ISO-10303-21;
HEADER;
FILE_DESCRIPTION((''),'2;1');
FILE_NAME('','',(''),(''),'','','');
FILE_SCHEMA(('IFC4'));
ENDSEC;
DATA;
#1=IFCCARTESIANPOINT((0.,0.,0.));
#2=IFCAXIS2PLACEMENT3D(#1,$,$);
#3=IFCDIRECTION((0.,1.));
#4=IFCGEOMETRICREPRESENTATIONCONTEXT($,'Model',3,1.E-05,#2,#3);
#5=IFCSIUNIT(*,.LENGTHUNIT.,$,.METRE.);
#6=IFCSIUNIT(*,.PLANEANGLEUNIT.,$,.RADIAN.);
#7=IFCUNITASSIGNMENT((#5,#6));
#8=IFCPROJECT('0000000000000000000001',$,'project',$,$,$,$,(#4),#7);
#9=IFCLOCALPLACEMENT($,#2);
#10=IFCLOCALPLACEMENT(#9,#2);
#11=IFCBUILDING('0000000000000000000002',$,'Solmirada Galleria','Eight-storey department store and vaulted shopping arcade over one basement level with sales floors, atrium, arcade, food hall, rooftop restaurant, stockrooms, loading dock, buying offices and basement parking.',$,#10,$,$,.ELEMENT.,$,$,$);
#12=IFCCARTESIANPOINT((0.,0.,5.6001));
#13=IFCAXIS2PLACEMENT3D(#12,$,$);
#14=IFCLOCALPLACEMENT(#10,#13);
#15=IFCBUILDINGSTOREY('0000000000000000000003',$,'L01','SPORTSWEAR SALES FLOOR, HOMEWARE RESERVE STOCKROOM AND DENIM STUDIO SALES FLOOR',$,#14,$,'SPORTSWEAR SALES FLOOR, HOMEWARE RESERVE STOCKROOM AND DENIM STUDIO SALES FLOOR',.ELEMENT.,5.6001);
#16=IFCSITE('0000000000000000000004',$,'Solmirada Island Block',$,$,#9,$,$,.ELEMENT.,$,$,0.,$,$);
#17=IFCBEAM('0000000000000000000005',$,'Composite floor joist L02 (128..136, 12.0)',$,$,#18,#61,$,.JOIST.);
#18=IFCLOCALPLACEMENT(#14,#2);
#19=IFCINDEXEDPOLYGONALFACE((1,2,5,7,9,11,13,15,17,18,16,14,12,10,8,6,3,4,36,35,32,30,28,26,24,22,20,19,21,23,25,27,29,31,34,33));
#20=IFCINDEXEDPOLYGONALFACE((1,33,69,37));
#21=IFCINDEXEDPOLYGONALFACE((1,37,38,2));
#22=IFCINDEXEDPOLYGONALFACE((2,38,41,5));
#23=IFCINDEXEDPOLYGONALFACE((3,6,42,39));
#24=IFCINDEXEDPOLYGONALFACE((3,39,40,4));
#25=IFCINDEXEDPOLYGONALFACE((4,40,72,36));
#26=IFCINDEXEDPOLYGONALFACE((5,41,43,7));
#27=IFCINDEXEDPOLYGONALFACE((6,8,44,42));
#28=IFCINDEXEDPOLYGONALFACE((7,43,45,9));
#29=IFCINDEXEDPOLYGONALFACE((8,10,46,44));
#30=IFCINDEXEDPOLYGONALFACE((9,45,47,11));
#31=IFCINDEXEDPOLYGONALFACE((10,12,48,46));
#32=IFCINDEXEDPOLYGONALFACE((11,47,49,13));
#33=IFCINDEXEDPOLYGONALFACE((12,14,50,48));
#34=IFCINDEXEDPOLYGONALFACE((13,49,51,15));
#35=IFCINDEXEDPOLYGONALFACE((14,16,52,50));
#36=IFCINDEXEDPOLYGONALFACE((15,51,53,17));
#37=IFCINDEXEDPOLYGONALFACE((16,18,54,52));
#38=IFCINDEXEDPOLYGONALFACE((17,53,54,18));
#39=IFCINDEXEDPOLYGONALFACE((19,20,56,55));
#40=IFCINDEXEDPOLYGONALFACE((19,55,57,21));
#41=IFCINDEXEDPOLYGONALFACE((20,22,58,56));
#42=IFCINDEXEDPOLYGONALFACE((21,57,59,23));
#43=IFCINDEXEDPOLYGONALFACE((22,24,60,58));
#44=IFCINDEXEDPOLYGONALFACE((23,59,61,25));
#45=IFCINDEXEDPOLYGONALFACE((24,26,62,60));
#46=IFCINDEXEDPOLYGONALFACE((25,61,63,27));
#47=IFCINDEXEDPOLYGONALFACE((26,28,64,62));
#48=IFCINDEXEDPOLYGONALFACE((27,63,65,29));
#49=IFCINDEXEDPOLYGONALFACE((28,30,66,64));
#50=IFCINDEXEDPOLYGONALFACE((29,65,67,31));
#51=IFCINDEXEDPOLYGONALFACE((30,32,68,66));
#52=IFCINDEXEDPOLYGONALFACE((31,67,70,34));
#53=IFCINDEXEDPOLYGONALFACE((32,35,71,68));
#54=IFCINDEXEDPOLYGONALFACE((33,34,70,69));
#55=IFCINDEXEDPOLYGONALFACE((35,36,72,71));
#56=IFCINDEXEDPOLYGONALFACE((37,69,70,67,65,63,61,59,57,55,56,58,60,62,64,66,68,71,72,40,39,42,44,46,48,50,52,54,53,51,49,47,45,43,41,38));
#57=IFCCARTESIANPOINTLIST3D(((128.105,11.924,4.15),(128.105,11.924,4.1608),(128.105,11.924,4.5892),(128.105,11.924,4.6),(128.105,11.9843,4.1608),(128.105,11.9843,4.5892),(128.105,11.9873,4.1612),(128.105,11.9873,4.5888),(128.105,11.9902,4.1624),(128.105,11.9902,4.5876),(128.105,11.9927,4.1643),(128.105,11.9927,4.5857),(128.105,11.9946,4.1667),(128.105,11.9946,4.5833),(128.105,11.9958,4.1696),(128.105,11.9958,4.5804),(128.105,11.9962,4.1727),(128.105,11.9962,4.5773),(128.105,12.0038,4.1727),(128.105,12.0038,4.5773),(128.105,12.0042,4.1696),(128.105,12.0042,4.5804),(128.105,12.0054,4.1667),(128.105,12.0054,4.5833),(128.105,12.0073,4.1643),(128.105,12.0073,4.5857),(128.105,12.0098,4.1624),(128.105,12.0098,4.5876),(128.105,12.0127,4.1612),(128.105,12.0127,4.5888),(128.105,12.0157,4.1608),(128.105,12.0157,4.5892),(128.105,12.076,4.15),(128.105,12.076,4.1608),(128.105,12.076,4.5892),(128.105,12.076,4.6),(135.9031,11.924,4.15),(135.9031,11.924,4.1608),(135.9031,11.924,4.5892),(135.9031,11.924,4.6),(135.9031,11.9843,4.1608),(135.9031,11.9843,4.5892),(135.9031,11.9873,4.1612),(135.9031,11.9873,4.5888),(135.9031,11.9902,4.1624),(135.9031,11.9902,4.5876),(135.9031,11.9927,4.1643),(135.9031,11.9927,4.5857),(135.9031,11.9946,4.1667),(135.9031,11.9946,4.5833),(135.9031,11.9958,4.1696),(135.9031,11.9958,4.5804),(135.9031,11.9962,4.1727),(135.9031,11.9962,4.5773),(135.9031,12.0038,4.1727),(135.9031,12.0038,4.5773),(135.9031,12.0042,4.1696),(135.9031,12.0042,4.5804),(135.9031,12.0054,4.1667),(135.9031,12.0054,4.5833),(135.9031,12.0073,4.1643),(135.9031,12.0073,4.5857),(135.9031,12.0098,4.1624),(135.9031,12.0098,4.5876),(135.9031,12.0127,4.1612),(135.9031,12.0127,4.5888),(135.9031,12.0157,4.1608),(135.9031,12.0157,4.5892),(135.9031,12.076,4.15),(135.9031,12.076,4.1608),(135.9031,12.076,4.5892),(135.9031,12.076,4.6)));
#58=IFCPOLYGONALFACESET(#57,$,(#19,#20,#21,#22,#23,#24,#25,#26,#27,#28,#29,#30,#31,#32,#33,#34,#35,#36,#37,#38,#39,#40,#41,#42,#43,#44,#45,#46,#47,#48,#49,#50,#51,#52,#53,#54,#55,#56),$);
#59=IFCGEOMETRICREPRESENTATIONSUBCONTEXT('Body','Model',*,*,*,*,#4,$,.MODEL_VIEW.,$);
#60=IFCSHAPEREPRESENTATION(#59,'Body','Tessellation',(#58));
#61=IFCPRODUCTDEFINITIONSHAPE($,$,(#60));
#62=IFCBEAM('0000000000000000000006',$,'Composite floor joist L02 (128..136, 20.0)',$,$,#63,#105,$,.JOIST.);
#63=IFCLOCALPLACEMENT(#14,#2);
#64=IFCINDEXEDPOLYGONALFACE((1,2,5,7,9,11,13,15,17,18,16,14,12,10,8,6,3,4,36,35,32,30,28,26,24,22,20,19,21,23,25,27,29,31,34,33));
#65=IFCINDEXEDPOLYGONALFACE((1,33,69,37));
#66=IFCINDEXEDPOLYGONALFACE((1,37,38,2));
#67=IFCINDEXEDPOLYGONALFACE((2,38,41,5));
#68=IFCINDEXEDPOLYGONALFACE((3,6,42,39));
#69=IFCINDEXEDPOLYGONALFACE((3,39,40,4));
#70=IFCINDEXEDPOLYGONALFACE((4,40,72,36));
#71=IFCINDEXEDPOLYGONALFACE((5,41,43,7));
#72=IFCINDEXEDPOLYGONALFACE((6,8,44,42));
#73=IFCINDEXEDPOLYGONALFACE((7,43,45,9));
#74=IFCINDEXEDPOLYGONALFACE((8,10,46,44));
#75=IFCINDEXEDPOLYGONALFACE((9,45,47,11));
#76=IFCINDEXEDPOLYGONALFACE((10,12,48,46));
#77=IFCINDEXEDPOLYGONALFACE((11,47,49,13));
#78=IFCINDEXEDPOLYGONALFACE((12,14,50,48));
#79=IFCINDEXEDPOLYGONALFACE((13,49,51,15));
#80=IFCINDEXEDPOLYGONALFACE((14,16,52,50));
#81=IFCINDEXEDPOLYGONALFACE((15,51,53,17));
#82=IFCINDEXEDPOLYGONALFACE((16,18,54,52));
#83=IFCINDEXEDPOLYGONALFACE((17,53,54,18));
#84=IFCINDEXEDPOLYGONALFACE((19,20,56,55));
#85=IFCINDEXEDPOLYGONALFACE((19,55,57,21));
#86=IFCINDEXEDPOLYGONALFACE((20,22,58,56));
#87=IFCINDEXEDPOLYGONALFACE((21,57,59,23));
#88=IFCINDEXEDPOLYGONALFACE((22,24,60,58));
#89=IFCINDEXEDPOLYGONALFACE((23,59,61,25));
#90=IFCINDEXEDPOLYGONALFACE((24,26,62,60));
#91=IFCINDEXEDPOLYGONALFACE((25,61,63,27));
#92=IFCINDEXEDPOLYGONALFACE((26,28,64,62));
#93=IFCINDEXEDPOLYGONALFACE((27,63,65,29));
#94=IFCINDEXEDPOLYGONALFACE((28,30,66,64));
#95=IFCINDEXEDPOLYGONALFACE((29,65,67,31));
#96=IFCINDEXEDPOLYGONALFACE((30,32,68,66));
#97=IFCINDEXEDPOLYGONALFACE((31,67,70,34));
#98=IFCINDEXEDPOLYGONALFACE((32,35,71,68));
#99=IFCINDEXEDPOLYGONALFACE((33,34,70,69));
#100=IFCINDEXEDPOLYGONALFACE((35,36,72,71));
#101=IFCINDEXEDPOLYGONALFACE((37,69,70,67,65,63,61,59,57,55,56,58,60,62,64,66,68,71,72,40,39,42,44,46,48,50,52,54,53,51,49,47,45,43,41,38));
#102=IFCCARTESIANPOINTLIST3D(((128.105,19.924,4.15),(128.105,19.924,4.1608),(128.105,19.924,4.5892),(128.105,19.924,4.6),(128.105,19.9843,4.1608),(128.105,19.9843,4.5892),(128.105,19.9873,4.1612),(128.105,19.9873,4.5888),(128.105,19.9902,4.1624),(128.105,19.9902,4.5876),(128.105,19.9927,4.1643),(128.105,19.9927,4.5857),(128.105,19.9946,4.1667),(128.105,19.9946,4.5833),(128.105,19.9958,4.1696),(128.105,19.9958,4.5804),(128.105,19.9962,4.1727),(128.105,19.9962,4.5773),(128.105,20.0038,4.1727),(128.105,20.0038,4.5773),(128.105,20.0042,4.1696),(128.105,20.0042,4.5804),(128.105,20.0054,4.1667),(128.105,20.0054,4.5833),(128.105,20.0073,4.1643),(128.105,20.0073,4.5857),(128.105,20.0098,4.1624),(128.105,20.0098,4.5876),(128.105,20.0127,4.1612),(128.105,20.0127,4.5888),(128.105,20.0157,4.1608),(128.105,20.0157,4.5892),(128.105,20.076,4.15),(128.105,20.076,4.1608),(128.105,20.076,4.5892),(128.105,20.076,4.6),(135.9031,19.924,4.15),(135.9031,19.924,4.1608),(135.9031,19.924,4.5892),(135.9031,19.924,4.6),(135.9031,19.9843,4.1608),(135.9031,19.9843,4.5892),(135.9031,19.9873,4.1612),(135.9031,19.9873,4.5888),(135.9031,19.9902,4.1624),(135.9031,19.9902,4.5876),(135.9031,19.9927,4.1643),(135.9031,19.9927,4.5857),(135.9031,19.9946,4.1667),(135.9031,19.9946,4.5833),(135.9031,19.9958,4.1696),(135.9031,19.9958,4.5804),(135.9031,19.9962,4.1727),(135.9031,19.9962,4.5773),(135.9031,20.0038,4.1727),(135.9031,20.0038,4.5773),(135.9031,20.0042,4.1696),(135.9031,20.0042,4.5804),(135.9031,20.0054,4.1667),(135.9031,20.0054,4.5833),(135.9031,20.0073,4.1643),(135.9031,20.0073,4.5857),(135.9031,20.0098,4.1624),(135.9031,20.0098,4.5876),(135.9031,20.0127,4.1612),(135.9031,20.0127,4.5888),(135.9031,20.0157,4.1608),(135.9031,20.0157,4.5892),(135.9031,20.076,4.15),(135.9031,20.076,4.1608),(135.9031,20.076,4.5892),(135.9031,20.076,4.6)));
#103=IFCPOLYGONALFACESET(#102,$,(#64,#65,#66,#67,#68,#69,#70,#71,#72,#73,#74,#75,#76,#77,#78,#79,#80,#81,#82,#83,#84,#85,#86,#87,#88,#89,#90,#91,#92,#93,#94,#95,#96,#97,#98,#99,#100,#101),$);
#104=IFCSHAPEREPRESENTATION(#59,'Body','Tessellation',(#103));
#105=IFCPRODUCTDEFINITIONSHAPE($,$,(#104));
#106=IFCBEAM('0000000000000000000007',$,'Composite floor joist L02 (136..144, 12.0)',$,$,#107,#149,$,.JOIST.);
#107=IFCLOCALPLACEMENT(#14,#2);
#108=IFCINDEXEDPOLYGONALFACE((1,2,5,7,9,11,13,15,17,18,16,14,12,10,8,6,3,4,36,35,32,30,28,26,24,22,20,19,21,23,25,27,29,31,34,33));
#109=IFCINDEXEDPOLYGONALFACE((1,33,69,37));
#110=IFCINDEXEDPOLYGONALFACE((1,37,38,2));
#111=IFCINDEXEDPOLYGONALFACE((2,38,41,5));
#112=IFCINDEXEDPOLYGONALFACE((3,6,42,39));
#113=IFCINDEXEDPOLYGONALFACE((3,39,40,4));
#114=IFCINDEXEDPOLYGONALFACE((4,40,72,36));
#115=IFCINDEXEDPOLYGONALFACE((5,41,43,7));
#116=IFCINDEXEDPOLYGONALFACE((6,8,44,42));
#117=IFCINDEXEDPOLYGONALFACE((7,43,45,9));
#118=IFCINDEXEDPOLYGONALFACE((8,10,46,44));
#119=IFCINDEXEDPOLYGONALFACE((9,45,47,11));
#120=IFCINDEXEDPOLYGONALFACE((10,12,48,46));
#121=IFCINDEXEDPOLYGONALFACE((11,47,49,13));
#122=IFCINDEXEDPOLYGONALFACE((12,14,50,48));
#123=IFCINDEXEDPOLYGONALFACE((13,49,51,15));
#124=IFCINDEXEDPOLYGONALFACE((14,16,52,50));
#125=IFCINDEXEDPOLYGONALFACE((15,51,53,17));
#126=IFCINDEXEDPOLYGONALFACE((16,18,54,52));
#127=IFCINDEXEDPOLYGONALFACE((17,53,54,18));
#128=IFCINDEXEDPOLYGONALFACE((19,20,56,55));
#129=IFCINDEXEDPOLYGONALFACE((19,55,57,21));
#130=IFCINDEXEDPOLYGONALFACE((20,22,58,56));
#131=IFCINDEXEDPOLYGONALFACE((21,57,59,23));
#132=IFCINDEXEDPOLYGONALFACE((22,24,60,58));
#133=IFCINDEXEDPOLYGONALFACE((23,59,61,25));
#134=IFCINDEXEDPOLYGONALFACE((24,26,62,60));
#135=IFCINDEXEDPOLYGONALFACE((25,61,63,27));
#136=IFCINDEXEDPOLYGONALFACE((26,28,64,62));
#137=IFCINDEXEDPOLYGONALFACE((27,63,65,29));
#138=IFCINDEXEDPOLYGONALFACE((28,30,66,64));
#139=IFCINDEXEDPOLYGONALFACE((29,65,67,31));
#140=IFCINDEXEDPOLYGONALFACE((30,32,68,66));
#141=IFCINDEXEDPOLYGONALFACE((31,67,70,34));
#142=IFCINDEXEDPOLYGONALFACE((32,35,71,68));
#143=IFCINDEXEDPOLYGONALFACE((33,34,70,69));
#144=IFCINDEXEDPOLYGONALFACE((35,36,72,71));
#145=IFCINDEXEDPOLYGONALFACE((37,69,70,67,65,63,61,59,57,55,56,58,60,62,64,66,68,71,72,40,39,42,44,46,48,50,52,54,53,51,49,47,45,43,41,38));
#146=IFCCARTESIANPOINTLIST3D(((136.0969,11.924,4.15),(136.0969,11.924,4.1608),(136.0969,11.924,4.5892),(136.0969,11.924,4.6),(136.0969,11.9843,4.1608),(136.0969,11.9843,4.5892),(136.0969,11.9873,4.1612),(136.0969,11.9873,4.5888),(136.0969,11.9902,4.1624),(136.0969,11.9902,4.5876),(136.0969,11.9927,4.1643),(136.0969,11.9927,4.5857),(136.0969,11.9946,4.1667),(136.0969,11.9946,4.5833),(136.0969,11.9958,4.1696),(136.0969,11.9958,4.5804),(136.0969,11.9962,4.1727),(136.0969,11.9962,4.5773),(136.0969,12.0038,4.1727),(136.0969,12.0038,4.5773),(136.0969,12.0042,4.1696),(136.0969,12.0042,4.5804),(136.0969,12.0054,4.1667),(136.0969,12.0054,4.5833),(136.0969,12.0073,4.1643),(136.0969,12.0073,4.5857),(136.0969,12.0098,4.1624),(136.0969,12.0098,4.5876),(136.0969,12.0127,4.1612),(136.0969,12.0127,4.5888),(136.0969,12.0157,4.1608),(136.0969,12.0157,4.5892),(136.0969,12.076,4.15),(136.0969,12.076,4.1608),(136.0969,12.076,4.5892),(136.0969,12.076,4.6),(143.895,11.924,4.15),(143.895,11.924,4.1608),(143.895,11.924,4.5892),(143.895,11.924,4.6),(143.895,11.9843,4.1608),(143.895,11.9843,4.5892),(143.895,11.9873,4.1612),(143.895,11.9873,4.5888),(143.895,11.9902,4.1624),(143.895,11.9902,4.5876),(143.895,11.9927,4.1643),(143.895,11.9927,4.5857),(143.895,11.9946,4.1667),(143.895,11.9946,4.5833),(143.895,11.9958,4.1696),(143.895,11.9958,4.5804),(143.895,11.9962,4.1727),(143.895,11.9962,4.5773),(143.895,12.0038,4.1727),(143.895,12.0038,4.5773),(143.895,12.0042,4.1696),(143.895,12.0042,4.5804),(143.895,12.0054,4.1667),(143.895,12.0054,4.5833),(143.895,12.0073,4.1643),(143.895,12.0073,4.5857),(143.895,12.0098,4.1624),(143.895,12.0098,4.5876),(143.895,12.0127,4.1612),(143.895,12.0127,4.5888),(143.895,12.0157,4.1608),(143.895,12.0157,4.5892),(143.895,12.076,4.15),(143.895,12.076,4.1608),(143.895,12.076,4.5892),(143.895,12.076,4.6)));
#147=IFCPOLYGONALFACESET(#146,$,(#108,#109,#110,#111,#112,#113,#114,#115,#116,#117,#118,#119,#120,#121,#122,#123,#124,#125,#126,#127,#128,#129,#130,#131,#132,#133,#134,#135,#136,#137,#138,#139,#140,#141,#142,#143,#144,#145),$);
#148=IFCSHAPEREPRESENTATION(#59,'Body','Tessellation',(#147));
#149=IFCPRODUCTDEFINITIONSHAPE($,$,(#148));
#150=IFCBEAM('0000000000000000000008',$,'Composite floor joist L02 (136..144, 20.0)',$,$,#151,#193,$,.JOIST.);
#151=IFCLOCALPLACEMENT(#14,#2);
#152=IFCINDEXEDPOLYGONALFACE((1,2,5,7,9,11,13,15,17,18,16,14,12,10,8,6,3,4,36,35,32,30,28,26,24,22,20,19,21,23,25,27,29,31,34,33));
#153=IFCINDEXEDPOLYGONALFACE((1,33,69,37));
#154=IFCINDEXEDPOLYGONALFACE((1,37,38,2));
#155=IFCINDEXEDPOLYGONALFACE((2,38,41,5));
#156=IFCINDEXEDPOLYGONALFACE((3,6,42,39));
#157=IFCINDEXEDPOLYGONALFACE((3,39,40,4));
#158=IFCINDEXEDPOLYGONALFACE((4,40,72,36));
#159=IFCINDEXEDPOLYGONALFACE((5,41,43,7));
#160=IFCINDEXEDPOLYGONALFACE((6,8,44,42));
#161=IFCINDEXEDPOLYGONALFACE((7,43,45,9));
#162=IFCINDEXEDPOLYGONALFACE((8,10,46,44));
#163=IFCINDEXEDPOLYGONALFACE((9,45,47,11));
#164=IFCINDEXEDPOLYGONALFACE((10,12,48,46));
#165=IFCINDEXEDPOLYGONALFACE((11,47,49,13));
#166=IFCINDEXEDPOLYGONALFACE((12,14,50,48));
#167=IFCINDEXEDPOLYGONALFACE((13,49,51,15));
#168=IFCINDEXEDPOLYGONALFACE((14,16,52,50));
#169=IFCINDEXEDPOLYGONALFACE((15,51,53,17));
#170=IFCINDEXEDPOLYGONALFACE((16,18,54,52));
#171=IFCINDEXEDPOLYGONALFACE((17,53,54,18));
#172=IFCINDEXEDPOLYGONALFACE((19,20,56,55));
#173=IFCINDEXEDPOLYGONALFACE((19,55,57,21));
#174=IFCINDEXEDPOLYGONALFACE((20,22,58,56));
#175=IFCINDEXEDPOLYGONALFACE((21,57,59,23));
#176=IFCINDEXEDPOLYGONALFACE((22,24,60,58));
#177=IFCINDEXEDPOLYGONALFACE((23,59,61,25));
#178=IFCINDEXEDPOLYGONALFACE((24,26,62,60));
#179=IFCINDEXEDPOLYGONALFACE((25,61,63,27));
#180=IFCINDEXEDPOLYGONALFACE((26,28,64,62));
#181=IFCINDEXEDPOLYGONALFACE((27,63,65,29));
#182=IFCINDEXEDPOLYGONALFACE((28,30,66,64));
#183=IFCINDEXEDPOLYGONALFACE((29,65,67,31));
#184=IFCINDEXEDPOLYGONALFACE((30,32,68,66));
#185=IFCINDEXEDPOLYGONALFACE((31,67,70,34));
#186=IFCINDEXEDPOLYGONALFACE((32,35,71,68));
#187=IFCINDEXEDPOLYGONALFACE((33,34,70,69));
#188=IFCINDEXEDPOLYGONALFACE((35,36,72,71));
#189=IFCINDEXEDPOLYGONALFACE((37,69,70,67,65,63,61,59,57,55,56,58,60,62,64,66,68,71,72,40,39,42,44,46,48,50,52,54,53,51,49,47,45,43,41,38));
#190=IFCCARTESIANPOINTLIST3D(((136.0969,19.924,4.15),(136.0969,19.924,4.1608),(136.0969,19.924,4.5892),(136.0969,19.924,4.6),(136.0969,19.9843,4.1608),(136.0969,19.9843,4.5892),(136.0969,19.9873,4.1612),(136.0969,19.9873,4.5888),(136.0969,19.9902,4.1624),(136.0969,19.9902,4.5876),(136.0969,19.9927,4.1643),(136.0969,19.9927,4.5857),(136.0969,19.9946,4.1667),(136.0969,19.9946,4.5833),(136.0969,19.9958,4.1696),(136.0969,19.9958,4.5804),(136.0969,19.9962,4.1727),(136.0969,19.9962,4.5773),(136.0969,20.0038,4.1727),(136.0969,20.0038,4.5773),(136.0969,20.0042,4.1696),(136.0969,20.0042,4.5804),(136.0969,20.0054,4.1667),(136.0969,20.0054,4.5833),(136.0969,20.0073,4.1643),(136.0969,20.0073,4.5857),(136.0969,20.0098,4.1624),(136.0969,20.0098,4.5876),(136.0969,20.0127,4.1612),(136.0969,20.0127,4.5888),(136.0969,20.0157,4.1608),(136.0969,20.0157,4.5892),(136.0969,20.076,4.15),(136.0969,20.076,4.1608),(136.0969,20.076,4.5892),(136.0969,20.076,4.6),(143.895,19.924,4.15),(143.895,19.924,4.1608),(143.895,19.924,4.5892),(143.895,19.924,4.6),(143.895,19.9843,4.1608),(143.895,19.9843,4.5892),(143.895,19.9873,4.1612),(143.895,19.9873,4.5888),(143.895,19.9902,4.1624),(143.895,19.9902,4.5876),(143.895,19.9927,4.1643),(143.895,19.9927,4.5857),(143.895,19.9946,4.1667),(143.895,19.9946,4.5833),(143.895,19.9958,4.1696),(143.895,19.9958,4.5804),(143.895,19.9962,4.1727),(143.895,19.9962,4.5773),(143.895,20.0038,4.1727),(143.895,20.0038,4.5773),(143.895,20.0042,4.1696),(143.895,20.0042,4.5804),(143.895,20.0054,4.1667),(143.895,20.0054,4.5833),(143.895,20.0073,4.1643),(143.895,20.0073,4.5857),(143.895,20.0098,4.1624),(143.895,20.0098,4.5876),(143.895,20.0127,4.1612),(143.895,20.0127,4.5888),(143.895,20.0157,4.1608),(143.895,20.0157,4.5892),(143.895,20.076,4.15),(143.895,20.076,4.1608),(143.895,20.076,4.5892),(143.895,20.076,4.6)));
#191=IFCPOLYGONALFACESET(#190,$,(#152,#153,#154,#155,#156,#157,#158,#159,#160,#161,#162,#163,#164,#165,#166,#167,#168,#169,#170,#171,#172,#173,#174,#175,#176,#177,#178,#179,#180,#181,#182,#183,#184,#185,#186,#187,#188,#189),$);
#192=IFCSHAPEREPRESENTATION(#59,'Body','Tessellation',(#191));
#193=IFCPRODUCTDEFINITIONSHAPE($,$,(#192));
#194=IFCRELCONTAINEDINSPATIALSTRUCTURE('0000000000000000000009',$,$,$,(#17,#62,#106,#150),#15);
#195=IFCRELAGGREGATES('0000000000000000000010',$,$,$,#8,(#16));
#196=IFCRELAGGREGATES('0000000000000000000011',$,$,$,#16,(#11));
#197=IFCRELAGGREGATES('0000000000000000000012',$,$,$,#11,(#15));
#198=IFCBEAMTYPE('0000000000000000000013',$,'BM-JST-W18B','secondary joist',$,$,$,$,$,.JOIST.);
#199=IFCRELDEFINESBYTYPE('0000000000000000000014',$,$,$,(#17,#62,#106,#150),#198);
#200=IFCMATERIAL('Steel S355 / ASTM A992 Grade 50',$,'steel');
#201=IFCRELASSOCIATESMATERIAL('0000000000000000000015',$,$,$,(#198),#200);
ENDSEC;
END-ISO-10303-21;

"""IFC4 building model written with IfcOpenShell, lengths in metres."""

from ifc_helpers import new_model, si_unit, direction, frame, origin, origin_2d, place, context, subcontext, project, spatial, i_section, extrude, material, material_profile, profile_set, type_object, element, save


model = new_model("IFC4")

# Units and contexts
model_context = context("Model", 3, precision=1e-05, world=origin(), true_north=direction((0.0, 1.0)))
body_context = subcontext(model_context, "Body", "Model", "MODEL_VIEW")
ifc_project = project(units=[si_unit("LENGTHUNIT", "METRE"), si_unit("PLANEANGLEUNIT", "RADIAN")], contexts=[model_context])

# Site, building, storey
site_placement = place(None, origin())
site = spatial("IfcSite", under=ifc_project, at=site_placement, Name="Solmirada Island Block", CompositionType="ELEMENT", RefElevation=0.0)
building_placement = place(site_placement, origin())
building = spatial("IfcBuilding", under=site, at=building_placement, Name="Solmirada Galleria", Description="Eight-storey department store and vaulted shopping arcade over one basement level with sales floors, atrium, arcade, food hall, rooftop restaurant, stockrooms, loading dock, buying offices and basement parking.", CompositionType="ELEMENT")
storey_placement = place(building_placement, frame((0.0, 0.0, 5.6001)))
storey = spatial("IfcBuildingStorey", under=building, at=storey_placement, Name="L01", Description="SPORTSWEAR SALES FLOOR, HOMEWARE RESERVE STOCKROOM AND DENIM STUDIO SALES FLOOR", LongName="SPORTSWEAR SALES FLOOR, HOMEWARE RESERVE STOCKROOM AND DENIM STUDIO SALES FLOOR", CompositionType="ELEMENT", Elevation=5.6001)

# Beams
ifc_material_1 = material(Name="Steel S355 / ASTM A992 Grade 50", Category="steel")
ifc_material_profile_1 = material_profile(ifc_material_1, i_section(OverallWidth=0.1521, OverallDepth=0.45, WebThickness=0.0076, FlangeThickness=0.0107, FilletRadius=0.012, at=origin_2d()), Name="W18X35")
ifc_profile_set_1 = profile_set([ifc_material_profile_1], Name="Steel S355 / ASTM A992 Grade 50")
beam_type_1 = type_object("IfcBeamType", Name="BM-JST-W18B", Description="secondary joist", PredefinedType="JOIST", material=ifc_profile_set_1)
for number, where, z_axis, x_axis, name in (
    (1, (128.105, 12.0, 4.375), (1.0, 0.0, 0.0), (0.0, 1.0, 0.0), "Composite floor joist L02 (128..136, 12.0)"),
    (2, (128.105, 20.0, 4.375), (1.0, 0.0, 0.0), (0.0, 1.0, 0.0), "Composite floor joist L02 (128..136, 20.0)"),
    (3, (136.0969, 12.0, 4.375), (1.0, 0.0, 0.0), (0.0, 1.0, 0.0), "Composite floor joist L02 (136..144, 12.0)"),
    (4, (136.0969, 20.0, 4.375), (1.0, 0.0, 0.0), (0.0, 1.0, 0.0), "Composite floor joist L02 (136..144, 20.0)"),
):
    element("IfcBeam", number, at=place(storey_placement, frame(where, z_axis=z_axis, x_axis=x_axis)), inside=storey, type_object=beam_type_1, Name=name, PredefinedType="JOIST", context=body_context, shape_type="SweptSolid", body=[
        extrude(i_section(OverallWidth=0.1521, OverallDepth=0.45, WebThickness=0.0076, FlangeThickness=0.0107, FilletRadius=0.012, at=origin_2d()), origin(), (0.0, 0.0, 1.0), 7.7981),
    ])

save(model, "model.ifc")
